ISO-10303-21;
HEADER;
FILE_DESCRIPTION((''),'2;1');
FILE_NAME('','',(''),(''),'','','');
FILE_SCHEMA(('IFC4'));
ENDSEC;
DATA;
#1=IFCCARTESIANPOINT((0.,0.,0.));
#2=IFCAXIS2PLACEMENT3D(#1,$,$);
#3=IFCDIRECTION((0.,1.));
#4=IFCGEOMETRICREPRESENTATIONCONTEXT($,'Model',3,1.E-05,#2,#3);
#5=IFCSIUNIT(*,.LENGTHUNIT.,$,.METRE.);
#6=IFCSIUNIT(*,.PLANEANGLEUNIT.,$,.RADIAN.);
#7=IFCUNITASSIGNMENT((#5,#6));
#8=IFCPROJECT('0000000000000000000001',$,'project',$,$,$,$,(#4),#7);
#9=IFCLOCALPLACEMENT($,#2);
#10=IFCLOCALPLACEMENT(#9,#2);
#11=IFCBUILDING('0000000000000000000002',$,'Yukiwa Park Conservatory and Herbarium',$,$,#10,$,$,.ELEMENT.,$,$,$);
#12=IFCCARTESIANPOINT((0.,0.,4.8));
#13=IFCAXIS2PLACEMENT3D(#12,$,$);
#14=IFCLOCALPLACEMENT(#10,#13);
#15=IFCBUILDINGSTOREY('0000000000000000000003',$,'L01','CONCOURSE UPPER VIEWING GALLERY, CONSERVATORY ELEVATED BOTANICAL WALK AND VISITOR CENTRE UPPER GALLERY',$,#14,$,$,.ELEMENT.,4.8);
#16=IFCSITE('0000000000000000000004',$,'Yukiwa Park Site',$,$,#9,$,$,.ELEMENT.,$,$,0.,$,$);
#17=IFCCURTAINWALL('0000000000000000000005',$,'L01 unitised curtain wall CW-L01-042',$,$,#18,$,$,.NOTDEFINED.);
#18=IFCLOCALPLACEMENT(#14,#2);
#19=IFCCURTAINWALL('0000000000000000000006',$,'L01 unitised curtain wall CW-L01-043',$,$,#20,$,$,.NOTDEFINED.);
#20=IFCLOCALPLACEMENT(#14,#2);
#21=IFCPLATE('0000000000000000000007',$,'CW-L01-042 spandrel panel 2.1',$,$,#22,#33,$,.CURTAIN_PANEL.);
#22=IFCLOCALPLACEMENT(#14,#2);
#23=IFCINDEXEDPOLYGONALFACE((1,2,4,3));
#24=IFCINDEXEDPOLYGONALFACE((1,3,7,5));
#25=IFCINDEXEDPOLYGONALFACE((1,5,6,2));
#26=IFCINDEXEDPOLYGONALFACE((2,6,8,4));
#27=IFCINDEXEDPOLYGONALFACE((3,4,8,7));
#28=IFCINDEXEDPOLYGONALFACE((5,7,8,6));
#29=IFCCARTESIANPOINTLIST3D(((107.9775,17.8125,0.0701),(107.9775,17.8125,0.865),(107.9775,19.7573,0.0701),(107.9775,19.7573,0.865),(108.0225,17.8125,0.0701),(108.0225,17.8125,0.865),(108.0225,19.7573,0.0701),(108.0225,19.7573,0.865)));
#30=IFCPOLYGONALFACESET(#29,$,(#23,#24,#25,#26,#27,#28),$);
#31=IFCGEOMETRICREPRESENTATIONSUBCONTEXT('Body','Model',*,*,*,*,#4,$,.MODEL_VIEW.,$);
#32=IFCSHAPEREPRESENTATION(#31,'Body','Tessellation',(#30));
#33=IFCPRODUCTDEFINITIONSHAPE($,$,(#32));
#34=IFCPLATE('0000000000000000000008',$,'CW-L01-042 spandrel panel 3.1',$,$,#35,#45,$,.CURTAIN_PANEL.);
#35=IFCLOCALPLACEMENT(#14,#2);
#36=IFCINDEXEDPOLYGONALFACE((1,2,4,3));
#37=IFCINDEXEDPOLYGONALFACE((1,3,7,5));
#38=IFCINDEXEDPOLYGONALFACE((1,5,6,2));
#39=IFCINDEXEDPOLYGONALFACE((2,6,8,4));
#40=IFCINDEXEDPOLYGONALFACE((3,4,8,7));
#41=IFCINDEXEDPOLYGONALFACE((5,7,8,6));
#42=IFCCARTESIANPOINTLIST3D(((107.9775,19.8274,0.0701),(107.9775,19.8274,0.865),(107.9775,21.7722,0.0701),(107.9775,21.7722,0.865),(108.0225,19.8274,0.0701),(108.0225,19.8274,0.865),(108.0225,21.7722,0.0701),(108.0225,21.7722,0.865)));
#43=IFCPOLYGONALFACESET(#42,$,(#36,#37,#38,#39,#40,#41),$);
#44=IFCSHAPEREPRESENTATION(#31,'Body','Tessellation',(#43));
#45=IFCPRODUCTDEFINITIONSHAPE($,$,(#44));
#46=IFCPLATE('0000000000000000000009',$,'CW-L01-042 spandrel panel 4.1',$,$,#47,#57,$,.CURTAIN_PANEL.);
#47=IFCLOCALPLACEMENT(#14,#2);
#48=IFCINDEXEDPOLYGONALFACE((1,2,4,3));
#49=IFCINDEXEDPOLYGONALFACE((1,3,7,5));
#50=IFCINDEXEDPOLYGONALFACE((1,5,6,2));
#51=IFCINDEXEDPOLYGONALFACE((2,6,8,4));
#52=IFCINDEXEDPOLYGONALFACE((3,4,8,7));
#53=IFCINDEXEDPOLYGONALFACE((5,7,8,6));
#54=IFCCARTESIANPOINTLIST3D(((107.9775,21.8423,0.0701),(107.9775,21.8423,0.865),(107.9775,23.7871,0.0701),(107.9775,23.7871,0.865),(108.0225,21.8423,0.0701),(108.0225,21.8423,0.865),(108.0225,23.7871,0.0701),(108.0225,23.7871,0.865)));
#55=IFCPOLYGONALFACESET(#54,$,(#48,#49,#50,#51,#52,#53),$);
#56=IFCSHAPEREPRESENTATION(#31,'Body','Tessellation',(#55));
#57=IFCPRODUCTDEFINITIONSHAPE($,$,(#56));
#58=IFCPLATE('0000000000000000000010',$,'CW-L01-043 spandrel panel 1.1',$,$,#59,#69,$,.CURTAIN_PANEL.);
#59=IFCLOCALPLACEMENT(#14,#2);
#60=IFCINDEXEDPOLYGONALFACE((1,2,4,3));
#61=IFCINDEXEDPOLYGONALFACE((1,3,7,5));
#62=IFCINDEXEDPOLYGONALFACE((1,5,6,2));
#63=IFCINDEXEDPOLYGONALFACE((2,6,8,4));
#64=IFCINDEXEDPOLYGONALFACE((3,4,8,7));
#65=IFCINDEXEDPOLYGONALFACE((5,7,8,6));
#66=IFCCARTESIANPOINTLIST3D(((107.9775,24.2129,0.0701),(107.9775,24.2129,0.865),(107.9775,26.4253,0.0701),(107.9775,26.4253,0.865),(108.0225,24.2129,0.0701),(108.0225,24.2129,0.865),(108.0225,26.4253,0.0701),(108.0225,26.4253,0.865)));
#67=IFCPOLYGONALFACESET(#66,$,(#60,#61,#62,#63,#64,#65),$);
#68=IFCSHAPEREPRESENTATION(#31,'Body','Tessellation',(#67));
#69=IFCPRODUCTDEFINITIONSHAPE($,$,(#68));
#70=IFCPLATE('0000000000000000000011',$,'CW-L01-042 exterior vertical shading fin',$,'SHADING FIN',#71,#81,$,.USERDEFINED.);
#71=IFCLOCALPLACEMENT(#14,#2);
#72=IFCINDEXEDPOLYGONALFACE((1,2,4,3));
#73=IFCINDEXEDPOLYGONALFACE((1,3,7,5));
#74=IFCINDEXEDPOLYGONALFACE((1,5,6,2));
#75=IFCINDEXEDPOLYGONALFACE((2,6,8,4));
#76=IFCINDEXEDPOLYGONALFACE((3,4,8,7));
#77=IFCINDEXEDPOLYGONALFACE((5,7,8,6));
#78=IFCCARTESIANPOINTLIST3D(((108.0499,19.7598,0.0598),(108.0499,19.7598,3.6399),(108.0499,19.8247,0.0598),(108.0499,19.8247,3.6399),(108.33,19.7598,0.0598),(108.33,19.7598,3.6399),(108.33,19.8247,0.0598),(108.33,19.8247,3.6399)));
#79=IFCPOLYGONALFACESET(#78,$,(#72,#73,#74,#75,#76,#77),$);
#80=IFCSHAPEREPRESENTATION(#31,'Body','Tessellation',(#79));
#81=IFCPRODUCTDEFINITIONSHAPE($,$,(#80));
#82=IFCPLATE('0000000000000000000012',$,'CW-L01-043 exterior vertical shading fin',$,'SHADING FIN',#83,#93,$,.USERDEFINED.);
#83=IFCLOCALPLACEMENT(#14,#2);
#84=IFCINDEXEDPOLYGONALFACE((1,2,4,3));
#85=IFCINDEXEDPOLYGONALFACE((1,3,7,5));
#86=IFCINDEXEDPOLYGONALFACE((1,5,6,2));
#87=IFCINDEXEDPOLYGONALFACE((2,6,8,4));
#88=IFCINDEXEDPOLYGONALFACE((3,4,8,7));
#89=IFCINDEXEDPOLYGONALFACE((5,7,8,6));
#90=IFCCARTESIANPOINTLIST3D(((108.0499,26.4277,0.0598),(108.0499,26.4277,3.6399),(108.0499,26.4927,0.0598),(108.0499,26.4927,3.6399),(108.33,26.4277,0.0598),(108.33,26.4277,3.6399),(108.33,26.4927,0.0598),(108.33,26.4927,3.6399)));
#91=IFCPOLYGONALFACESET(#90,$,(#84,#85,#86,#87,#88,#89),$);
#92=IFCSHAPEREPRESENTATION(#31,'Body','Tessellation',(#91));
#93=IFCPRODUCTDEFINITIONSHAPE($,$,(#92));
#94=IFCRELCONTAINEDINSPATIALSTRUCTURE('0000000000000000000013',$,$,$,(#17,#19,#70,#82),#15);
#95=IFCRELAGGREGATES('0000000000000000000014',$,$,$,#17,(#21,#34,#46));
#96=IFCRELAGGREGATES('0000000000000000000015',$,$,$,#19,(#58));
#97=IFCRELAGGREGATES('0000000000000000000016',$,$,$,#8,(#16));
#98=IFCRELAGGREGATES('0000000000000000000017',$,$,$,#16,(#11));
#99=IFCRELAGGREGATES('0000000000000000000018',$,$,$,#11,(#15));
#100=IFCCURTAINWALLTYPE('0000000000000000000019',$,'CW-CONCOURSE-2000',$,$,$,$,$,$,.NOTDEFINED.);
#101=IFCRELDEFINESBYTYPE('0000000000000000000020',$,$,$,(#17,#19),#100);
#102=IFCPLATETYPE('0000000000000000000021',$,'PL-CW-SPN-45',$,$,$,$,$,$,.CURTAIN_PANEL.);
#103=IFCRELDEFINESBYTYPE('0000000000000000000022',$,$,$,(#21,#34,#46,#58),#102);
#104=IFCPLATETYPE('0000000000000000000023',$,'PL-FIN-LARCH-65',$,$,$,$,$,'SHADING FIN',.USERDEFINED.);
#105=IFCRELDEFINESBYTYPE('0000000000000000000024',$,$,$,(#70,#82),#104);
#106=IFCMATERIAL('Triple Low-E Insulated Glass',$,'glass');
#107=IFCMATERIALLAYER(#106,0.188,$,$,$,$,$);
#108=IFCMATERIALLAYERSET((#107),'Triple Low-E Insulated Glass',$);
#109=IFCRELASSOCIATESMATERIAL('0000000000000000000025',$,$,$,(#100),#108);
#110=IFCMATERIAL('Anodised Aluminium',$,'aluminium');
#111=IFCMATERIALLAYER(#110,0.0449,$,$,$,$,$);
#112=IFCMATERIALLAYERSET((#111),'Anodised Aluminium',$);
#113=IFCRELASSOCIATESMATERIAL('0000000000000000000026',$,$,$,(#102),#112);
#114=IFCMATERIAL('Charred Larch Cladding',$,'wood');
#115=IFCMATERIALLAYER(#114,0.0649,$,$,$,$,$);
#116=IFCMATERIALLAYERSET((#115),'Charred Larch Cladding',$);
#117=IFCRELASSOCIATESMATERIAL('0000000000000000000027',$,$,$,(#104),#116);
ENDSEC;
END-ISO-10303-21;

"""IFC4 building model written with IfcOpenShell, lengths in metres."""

from ifc_helpers import new_model, si_unit, direction, frame, origin, origin_2d, place, context, subcontext, project, spatial, rectangle, extrude, material, layer, layer_set, type_object, element, aggregate, save


model = new_model("IFC4")

# Units and contexts
model_context = context("Model", 3, precision=1e-05, world=origin(), true_north=direction((0.0, 1.0)))
body_context = subcontext(model_context, "Body", "Model", "MODEL_VIEW")
ifc_project = project(units=[si_unit("LENGTHUNIT", "METRE"), si_unit("PLANEANGLEUNIT", "RADIAN")], contexts=[model_context])

# Site, building, storey
site_placement = place(None, origin())
site = spatial("IfcSite", under=ifc_project, at=site_placement, Name="Yukiwa Park Site", CompositionType="ELEMENT", RefElevation=0.0)
building_placement = place(site_placement, origin())
building = spatial("IfcBuilding", under=site, at=building_placement, Name="Yukiwa Park Conservatory and Herbarium", CompositionType="ELEMENT")
storey_placement = place(building_placement, frame((0.0, 0.0, 4.8)))
storey = spatial("IfcBuildingStorey", under=building, at=storey_placement, Name="L01", Description="CONCOURSE UPPER VIEWING GALLERY, CONSERVATORY ELEVATED BOTANICAL WALK AND VISITOR CENTRE UPPER GALLERY", CompositionType="ELEMENT", Elevation=4.8)

# Curtain walls
ifc_material_1 = material(Name="Triple Low-E Insulated Glass", Category="glass")
ifc_layer_1 = layer(ifc_material_1, 0.188)
ifc_layer_set_1 = layer_set([ifc_layer_1], Name="Triple Low-E Insulated Glass")
curtain_wall_type = type_object("IfcCurtainWallType", Name="CW-CONCOURSE-2000", PredefinedType="NOTDEFINED", material=ifc_layer_set_1)
curtain_wall_1_placement = place(storey_placement, origin())
curtain_wall_1 = element("IfcCurtainWall", 1, at=curtain_wall_1_placement, inside=storey, type_object=curtain_wall_type, Name="L01 unitised curtain wall CW-L01-042", PredefinedType="NOTDEFINED")
curtain_wall_2_placement = place(storey_placement, origin())
curtain_wall_2 = element("IfcCurtainWall", 2, at=curtain_wall_2_placement, inside=storey, type_object=curtain_wall_type, Name="L01 unitised curtain wall CW-L01-043", PredefinedType="NOTDEFINED")

# Plates
ifc_material_2 = material(Name="Anodised Aluminium", Category="aluminium")
ifc_layer_2 = layer(ifc_material_2, 0.0449)
ifc_layer_set_2 = layer_set([ifc_layer_2], Name="Anodised Aluminium")
plate_type_1 = type_object("IfcPlateType", Name="PL-CW-SPN-45", PredefinedType="CURTAIN_PANEL", material=ifc_layer_set_2)
plate_1_placement = place(storey_placement, frame((108.0, 18.7849, 0.0701), z_axis=(0.0, 0.0, 1.0), x_axis=(0.0, 1.0, 0.0)))
plate_1 = element("IfcPlate", 3, at=plate_1_placement, type_object=plate_type_1, Name="CW-L01-042 spandrel panel 2.1", PredefinedType="CURTAIN_PANEL", context=body_context, shape_type="SweptSolid", body=[
    extrude(rectangle(XDim=1.9448, YDim=0.0449, at=origin_2d()), origin(), (0.0, 0.0, 1.0), 0.7949),
])
plate_2_placement = place(storey_placement, frame((108.0, 20.7998, 0.0701), z_axis=(0.0, 0.0, 1.0), x_axis=(0.0, 1.0, 0.0)))
plate_2 = element("IfcPlate", 4, at=plate_2_placement, type_object=plate_type_1, Name="CW-L01-042 spandrel panel 3.1", PredefinedType="CURTAIN_PANEL", context=body_context, shape_type="SweptSolid", body=[
    extrude(rectangle(XDim=1.9448, YDim=0.0449, at=origin_2d()), origin(), (0.0, 0.0, 1.0), 0.7949),
])
plate_3_placement = place(storey_placement, frame((108.0, 22.8147, 0.0701), z_axis=(0.0, 0.0, 1.0), x_axis=(0.0, 1.0, 0.0)))
plate_3 = element("IfcPlate", 5, at=plate_3_placement, type_object=plate_type_1, Name="CW-L01-042 spandrel panel 4.1", PredefinedType="CURTAIN_PANEL", context=body_context, shape_type="SweptSolid", body=[
    extrude(rectangle(XDim=1.9448, YDim=0.0449, at=origin_2d()), origin(), (0.0, 0.0, 1.0), 0.7949),
])
aggregate(curtain_wall_1, [plate_1, plate_2, plate_3])
plate_4_placement = place(storey_placement, frame((108.0, 25.3191, 0.0701), z_axis=(0.0, 0.0, 1.0), x_axis=(0.0, 1.0, 0.0)))
plate_4 = element("IfcPlate", 6, at=plate_4_placement, type_object=plate_type_1, Name="CW-L01-043 spandrel panel 1.1", PredefinedType="CURTAIN_PANEL", context=body_context, shape_type="SweptSolid", body=[
    extrude(rectangle(XDim=2.2124, YDim=0.0449, at=origin_2d()), origin(), (0.0, 0.0, 1.0), 0.7949),
])
aggregate(curtain_wall_2, [plate_4])

# Plates
ifc_material_3 = material(Name="Charred Larch Cladding", Category="wood")
ifc_layer_3 = layer(ifc_material_3, 0.0649)
ifc_layer_set_3 = layer_set([ifc_layer_3], Name="Charred Larch Cladding")
plate_type_2 = type_object("IfcPlateType", Name="PL-FIN-LARCH-65", ElementType="SHADING FIN", PredefinedType="USERDEFINED", material=ifc_layer_set_3)
for number, where, z_axis, x_axis, name in (
    (7, (108.1899, 19.7922, 0.0598), (0.0, 0.0, 1.0), (0.0, 1.0, 0.0), "CW-L01-042 exterior vertical shading fin"),
    (8, (108.1899, 26.4602, 0.0598), (0.0, 0.0, 1.0), (0.0, 1.0, 0.0), "CW-L01-043 exterior vertical shading fin"),
):
    element("IfcPlate", number, at=place(storey_placement, frame(where, z_axis=z_axis, x_axis=x_axis)), inside=storey, type_object=plate_type_2, Name=name, ObjectType="SHADING FIN", PredefinedType="USERDEFINED", context=body_context, shape_type="SweptSolid", body=[
        extrude(rectangle(XDim=0.0649, YDim=0.28, at=origin_2d()), origin(), (0.0, 0.0, 1.0), 3.5801),
    ])

save(model, "model.ifc")
